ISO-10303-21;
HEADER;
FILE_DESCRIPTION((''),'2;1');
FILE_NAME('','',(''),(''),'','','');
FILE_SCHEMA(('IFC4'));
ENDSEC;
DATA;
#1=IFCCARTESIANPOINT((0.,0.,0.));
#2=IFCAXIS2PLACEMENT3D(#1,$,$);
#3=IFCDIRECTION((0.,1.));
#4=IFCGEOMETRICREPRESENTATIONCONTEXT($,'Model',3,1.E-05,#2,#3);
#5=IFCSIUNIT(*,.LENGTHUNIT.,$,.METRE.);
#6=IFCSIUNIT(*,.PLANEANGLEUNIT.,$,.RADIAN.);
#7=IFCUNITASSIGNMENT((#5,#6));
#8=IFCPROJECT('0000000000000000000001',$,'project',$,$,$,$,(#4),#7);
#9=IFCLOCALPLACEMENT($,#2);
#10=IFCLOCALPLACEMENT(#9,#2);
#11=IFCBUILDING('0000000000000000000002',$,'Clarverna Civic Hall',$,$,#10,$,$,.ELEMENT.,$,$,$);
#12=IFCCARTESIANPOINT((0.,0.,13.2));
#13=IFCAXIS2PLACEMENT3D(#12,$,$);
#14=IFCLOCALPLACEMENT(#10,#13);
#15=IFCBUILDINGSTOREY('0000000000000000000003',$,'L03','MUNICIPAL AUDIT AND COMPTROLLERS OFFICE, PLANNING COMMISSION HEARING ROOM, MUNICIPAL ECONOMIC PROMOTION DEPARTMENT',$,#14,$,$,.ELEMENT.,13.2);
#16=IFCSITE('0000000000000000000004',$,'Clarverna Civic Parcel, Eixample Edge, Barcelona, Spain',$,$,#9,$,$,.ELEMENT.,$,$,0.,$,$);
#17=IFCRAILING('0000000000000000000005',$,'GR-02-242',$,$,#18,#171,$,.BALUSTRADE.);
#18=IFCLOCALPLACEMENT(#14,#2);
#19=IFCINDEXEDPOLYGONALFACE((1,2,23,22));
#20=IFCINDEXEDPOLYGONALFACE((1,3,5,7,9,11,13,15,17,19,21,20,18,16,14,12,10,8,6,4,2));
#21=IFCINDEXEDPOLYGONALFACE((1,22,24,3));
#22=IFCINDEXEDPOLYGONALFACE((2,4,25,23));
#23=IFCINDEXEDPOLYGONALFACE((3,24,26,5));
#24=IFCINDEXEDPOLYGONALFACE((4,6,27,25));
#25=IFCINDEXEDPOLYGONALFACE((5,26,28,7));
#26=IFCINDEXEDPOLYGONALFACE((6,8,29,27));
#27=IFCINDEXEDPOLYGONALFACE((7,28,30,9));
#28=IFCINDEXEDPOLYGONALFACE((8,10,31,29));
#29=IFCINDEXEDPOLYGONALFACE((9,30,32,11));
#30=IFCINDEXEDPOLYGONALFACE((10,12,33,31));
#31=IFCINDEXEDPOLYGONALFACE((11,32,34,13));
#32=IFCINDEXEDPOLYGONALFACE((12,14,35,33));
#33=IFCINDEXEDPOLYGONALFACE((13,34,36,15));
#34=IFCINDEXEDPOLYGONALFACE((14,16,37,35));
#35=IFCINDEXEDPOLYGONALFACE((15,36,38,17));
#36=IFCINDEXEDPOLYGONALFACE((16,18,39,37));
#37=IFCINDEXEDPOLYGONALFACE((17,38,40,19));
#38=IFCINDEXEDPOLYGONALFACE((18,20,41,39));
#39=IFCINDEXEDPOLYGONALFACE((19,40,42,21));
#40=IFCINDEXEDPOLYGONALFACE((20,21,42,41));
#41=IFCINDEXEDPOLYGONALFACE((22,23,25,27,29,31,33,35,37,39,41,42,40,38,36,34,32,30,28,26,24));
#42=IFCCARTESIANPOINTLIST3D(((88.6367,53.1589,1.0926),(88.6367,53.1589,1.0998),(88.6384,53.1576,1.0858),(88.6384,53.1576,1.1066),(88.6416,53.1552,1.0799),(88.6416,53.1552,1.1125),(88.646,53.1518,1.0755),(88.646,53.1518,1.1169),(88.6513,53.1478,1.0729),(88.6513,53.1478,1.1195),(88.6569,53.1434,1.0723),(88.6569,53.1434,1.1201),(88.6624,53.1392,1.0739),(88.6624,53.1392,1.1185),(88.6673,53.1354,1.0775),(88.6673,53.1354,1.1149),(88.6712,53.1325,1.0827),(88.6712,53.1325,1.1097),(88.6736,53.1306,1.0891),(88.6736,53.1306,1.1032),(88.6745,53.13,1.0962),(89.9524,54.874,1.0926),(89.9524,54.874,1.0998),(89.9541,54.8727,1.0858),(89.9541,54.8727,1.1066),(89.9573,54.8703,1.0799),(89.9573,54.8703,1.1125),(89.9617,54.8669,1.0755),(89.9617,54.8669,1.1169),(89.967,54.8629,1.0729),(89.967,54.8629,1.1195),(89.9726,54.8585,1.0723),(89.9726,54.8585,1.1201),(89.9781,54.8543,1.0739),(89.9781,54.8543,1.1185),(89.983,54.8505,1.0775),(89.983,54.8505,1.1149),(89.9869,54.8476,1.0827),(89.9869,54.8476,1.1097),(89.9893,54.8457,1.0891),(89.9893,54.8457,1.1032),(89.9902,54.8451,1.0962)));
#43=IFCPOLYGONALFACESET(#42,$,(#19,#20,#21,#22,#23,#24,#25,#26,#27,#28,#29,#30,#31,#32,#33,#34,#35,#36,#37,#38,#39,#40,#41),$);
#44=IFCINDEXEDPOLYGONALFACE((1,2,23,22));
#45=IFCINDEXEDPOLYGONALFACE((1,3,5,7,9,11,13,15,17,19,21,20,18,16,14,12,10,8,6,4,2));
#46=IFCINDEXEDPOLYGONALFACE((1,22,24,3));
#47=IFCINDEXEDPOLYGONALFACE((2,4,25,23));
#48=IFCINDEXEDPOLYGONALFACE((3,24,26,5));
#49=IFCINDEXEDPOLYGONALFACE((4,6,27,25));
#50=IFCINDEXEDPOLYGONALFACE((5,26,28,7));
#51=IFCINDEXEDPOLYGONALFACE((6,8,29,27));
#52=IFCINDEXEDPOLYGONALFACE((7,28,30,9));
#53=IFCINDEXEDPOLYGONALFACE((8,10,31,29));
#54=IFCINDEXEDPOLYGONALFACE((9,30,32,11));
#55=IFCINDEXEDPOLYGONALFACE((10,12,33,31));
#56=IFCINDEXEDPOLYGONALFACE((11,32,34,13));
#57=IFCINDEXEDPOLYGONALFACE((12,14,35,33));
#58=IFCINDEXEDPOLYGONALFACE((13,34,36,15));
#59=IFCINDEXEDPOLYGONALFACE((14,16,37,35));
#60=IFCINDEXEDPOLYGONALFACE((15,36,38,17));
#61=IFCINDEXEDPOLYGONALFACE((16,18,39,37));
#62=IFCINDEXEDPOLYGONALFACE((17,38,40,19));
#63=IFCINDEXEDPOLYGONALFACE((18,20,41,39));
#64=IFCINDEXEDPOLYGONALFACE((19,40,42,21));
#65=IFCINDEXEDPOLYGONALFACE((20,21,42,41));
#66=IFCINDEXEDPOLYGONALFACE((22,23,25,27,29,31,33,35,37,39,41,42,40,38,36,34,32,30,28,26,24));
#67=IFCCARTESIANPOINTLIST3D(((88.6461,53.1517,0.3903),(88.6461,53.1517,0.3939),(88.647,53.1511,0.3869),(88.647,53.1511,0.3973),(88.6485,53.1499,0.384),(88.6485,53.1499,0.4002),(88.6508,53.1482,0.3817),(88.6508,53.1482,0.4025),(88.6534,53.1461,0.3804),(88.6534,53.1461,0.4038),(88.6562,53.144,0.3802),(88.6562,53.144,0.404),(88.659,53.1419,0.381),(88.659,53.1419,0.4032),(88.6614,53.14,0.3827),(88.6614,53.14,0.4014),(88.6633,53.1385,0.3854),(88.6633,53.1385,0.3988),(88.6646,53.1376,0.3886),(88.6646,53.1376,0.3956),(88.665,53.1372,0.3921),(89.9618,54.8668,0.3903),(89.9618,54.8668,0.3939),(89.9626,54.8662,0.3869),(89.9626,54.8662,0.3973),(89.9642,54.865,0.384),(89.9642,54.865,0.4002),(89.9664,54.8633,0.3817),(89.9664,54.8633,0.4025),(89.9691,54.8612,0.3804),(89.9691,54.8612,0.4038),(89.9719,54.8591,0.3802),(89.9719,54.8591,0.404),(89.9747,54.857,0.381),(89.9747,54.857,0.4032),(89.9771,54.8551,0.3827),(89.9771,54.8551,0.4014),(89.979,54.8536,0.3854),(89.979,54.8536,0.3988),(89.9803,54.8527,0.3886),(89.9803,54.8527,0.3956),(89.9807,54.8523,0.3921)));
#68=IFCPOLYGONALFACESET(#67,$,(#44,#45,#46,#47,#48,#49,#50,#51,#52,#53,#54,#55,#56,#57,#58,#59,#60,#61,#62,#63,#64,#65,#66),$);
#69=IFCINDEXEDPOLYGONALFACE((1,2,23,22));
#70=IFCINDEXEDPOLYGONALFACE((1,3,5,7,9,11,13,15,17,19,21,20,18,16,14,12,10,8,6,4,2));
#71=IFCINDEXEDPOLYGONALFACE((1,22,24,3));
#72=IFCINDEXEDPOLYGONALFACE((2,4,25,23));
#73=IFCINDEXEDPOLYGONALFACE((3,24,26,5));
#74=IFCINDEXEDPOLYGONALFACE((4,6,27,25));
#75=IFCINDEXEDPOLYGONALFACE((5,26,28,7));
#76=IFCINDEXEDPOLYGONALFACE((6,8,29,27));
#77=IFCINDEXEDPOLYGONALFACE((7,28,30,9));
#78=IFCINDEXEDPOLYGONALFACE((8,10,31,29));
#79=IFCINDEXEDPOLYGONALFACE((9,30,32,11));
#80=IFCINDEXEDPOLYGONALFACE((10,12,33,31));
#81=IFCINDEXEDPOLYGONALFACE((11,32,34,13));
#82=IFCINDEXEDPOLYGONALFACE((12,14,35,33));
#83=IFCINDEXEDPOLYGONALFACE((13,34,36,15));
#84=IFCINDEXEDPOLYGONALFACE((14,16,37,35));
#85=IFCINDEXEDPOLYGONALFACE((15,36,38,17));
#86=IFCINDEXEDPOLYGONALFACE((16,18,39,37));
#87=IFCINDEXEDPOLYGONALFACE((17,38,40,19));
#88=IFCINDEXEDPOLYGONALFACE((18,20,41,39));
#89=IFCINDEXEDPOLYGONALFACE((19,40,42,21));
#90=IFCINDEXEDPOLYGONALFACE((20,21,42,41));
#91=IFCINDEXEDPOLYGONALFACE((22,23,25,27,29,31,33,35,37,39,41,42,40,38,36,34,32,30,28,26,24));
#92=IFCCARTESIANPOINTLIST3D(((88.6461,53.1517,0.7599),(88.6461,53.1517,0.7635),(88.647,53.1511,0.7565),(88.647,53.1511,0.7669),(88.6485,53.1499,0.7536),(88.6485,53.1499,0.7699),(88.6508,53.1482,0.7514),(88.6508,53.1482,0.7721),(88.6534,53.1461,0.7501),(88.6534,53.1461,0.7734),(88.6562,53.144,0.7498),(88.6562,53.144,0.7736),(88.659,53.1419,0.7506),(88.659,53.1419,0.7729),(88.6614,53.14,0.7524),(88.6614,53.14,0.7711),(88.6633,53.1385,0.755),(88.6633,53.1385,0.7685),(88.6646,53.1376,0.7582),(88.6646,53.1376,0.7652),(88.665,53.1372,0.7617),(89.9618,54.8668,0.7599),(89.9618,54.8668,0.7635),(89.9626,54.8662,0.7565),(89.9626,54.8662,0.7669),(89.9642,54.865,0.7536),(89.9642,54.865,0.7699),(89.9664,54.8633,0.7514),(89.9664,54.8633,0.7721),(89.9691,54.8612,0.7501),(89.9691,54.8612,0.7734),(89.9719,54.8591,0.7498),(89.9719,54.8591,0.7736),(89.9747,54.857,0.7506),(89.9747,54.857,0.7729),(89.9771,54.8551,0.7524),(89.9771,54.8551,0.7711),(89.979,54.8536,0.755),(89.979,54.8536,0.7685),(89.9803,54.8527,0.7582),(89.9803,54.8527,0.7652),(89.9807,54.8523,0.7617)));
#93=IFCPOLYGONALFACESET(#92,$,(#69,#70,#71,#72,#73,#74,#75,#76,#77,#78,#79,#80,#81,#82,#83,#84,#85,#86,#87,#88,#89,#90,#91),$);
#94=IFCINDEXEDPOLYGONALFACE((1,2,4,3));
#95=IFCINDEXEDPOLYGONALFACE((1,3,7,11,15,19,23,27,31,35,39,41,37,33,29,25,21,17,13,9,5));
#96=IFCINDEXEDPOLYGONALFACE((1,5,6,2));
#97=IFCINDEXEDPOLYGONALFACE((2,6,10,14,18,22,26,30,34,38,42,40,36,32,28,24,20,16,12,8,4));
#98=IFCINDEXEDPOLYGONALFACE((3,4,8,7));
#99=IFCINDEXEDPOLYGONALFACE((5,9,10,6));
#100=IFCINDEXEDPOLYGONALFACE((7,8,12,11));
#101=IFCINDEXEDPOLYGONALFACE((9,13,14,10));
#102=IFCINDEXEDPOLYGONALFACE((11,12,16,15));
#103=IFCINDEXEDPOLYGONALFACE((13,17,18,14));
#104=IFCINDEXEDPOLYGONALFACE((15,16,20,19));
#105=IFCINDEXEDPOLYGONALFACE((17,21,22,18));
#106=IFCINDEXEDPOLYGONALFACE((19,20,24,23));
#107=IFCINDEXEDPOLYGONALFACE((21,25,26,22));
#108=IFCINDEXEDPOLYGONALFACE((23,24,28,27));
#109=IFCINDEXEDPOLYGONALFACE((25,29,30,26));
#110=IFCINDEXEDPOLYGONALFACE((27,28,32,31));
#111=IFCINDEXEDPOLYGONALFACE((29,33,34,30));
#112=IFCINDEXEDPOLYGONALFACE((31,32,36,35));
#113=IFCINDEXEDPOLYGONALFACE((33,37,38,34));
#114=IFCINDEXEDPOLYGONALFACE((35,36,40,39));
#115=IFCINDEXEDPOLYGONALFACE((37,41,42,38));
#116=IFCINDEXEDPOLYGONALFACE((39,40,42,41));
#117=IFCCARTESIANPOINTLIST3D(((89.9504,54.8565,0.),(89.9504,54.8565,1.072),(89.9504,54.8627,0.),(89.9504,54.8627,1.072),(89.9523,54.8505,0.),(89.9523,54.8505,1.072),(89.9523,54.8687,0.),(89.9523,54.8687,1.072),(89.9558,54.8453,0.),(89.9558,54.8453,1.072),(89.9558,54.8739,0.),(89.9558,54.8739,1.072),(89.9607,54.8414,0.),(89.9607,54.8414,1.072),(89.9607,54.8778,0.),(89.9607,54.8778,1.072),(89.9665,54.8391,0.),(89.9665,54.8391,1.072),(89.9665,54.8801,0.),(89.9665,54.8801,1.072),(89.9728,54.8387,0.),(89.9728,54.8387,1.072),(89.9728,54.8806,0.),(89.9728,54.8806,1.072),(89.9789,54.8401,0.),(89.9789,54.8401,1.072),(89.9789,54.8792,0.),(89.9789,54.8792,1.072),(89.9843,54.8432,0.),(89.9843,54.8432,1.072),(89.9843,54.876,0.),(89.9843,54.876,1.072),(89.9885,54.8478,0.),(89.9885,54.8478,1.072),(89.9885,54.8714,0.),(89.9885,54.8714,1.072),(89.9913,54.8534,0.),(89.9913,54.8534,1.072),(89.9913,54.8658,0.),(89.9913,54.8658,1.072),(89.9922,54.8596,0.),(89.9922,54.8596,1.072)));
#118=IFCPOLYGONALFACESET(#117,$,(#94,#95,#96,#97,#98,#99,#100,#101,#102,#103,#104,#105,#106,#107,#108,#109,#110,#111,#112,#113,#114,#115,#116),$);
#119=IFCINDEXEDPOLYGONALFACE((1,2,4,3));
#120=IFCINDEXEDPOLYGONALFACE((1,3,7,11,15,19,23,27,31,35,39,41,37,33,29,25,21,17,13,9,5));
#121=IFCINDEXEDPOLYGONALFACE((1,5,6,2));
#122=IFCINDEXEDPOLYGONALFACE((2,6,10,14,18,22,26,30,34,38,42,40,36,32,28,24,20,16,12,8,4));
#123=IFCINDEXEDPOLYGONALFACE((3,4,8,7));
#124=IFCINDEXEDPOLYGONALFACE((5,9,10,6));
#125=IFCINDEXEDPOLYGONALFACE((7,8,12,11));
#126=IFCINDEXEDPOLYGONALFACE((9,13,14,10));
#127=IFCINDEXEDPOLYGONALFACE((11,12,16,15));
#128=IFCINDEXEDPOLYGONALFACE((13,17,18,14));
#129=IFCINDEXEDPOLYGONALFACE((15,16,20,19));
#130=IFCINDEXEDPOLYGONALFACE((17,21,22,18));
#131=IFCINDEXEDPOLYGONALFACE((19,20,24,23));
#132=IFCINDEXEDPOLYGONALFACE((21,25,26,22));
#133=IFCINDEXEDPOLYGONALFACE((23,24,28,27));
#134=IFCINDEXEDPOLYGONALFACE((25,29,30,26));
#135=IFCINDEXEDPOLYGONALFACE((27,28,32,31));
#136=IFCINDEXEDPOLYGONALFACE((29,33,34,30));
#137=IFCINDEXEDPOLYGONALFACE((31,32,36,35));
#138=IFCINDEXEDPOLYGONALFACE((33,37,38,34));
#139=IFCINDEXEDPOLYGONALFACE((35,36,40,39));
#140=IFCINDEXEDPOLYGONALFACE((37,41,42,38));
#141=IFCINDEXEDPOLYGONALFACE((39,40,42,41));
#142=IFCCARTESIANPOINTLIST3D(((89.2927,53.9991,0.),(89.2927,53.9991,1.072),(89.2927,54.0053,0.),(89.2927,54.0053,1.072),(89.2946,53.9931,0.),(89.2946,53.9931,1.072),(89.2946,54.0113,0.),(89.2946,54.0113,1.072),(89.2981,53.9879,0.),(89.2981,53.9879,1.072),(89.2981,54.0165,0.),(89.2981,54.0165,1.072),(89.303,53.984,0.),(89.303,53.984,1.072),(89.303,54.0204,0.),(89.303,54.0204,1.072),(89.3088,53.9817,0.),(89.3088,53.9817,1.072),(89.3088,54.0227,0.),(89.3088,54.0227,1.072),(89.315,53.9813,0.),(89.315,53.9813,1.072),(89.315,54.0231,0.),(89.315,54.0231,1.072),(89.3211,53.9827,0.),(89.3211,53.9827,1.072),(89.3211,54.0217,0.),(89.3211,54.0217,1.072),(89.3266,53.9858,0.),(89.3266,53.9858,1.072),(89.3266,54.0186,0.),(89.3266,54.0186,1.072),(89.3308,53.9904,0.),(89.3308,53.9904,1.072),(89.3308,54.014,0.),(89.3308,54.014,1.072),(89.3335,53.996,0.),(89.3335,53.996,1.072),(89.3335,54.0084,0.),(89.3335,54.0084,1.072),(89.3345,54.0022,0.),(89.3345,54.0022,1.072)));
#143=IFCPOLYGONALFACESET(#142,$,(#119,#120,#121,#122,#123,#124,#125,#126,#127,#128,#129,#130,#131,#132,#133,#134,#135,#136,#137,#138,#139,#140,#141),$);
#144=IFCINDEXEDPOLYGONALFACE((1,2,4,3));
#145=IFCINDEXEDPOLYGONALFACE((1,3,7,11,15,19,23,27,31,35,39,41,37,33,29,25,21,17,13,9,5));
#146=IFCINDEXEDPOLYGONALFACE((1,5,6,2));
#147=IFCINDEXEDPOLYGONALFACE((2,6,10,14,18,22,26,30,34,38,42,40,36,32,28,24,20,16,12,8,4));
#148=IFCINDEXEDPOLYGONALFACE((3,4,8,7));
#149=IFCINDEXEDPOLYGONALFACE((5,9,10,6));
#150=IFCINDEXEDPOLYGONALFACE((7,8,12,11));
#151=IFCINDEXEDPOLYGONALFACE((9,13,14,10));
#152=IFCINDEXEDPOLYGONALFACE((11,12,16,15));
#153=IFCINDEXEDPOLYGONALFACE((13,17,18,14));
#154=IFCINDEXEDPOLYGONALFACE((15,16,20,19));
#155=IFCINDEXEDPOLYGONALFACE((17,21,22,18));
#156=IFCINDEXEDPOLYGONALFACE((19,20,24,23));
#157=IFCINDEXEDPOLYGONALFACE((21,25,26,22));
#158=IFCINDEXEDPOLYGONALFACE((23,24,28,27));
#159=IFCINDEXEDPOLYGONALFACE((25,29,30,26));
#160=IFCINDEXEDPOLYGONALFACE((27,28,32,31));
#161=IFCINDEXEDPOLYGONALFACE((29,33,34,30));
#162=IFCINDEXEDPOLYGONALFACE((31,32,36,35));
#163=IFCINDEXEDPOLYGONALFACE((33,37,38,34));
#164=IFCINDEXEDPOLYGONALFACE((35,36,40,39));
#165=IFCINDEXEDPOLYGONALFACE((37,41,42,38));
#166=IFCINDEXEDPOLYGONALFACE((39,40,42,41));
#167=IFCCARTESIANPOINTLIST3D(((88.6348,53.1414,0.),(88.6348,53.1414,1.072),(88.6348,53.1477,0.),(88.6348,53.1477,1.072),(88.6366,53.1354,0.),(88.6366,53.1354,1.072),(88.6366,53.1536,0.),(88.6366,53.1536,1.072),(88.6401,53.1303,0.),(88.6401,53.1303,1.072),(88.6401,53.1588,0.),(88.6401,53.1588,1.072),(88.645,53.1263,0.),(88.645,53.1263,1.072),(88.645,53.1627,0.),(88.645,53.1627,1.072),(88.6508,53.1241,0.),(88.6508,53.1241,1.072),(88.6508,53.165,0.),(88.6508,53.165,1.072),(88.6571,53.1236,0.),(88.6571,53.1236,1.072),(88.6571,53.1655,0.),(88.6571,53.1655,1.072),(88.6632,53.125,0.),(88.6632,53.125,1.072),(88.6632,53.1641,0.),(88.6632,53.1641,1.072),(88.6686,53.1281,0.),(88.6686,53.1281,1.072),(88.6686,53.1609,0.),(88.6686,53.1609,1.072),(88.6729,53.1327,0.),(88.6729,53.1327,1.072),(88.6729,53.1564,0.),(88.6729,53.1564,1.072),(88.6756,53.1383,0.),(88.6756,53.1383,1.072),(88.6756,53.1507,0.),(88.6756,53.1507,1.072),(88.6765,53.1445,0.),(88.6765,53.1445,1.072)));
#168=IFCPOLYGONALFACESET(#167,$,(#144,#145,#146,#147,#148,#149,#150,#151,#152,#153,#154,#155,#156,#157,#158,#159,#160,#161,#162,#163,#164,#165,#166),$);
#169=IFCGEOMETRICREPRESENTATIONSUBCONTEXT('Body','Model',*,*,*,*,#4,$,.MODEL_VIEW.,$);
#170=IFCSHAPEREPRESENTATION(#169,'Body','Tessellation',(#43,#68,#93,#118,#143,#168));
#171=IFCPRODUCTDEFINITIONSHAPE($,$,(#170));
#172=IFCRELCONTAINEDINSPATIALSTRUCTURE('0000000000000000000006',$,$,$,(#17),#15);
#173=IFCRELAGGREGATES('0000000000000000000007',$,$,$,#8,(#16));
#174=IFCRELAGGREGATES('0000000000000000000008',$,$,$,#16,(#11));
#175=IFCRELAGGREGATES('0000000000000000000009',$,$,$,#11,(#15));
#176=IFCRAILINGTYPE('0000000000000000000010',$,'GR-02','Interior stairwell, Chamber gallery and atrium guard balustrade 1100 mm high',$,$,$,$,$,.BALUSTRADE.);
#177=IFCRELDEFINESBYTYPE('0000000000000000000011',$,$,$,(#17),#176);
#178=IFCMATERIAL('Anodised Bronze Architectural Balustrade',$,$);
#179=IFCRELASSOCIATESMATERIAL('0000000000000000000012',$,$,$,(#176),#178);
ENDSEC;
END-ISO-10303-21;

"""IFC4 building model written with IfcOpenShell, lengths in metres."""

from ifc_helpers import new_model, si_unit, direction, frame, origin, origin_2d, place, context, subcontext, project, spatial, circle, extrude, material, type_object, element, save


model = new_model("IFC4")

# Units and contexts
model_context = context("Model", 3, precision=1e-05, world=origin(), true_north=direction((0.0, 1.0)))
body_context = subcontext(model_context, "Body", "Model", "MODEL_VIEW")
ifc_project = project(units=[si_unit("LENGTHUNIT", "METRE"), si_unit("PLANEANGLEUNIT", "RADIAN")], contexts=[model_context])

# Site, building, storey
site_placement = place(None, origin())
site = spatial("IfcSite", under=ifc_project, at=site_placement, Name="Clarverna Civic Parcel, Eixample Edge, Barcelona, Spain", CompositionType="ELEMENT", RefElevation=0.0)
building_placement = place(site_placement, origin())
building = spatial("IfcBuilding", under=site, at=building_placement, Name="Clarverna Civic Hall", CompositionType="ELEMENT")
storey_placement = place(building_placement, frame((0.0, 0.0, 13.2)))
storey = spatial("IfcBuildingStorey", under=building, at=storey_placement, Name="L03", Description="MUNICIPAL AUDIT AND COMPTROLLERS OFFICE, PLANNING COMMISSION HEARING ROOM, MUNICIPAL ECONOMIC PROMOTION DEPARTMENT", CompositionType="ELEMENT", Elevation=13.2)

# Railing
ifc_material_1 = material(Name="Anodised Bronze Architectural Balustrade")
railing_type_1 = type_object("IfcRailingType", Name="GR-02", Description="Interior stairwell, Chamber gallery and atrium guard balustrade 1100 mm high", PredefinedType="BALUSTRADE", material=ifc_material_1)
railing_1_placement = place(storey_placement, frame((89.9712, 54.8596, 0.0)))
element("IfcRailing", 1, at=railing_1_placement, inside=storey, type_object=railing_type_1, Name="GR-02-242", PredefinedType="BALUSTRADE", context=body_context, shape_type="SweptSolid", body=[
    extrude(circle(Radius=0.0239, at=origin_2d()), frame((0.0, 0.0, 1.0962), z_axis=(-0.608657, -0.793434, 0.0), x_axis=(0.793434, -0.608657, 0.0)), (0.0, 0.0, 1.0), 2.1616),
    extrude(circle(Radius=0.012, at=origin_2d()), frame((0.0, 0.0, 0.3921), z_axis=(-0.608657, -0.793434, 0.0), x_axis=(0.793434, -0.608657, 0.0)), (0.0, 0.0, 1.0), 2.1616),
    extrude(circle(Radius=0.012, at=origin_2d()), frame((0.0, 0.0, 0.7617), z_axis=(-0.608657, -0.793434, 0.0), x_axis=(0.793434, -0.608657, 0.0)), (0.0, 0.0, 1.0), 2.1616),
    extrude(circle(Radius=0.021, at=origin_2d()), origin(), (0.0, 0.0, 1.0), 1.072),
    extrude(circle(Radius=0.021, at=origin_2d()), frame((-0.6577, -0.8574, 0.0)), (0.0, 0.0, 1.0), 1.072),
    extrude(circle(Radius=0.021, at=origin_2d()), frame((-1.3157, -1.7151, 0.0)), (0.0, 0.0, 1.0), 1.072),
])

save(model, "model.ifc")
